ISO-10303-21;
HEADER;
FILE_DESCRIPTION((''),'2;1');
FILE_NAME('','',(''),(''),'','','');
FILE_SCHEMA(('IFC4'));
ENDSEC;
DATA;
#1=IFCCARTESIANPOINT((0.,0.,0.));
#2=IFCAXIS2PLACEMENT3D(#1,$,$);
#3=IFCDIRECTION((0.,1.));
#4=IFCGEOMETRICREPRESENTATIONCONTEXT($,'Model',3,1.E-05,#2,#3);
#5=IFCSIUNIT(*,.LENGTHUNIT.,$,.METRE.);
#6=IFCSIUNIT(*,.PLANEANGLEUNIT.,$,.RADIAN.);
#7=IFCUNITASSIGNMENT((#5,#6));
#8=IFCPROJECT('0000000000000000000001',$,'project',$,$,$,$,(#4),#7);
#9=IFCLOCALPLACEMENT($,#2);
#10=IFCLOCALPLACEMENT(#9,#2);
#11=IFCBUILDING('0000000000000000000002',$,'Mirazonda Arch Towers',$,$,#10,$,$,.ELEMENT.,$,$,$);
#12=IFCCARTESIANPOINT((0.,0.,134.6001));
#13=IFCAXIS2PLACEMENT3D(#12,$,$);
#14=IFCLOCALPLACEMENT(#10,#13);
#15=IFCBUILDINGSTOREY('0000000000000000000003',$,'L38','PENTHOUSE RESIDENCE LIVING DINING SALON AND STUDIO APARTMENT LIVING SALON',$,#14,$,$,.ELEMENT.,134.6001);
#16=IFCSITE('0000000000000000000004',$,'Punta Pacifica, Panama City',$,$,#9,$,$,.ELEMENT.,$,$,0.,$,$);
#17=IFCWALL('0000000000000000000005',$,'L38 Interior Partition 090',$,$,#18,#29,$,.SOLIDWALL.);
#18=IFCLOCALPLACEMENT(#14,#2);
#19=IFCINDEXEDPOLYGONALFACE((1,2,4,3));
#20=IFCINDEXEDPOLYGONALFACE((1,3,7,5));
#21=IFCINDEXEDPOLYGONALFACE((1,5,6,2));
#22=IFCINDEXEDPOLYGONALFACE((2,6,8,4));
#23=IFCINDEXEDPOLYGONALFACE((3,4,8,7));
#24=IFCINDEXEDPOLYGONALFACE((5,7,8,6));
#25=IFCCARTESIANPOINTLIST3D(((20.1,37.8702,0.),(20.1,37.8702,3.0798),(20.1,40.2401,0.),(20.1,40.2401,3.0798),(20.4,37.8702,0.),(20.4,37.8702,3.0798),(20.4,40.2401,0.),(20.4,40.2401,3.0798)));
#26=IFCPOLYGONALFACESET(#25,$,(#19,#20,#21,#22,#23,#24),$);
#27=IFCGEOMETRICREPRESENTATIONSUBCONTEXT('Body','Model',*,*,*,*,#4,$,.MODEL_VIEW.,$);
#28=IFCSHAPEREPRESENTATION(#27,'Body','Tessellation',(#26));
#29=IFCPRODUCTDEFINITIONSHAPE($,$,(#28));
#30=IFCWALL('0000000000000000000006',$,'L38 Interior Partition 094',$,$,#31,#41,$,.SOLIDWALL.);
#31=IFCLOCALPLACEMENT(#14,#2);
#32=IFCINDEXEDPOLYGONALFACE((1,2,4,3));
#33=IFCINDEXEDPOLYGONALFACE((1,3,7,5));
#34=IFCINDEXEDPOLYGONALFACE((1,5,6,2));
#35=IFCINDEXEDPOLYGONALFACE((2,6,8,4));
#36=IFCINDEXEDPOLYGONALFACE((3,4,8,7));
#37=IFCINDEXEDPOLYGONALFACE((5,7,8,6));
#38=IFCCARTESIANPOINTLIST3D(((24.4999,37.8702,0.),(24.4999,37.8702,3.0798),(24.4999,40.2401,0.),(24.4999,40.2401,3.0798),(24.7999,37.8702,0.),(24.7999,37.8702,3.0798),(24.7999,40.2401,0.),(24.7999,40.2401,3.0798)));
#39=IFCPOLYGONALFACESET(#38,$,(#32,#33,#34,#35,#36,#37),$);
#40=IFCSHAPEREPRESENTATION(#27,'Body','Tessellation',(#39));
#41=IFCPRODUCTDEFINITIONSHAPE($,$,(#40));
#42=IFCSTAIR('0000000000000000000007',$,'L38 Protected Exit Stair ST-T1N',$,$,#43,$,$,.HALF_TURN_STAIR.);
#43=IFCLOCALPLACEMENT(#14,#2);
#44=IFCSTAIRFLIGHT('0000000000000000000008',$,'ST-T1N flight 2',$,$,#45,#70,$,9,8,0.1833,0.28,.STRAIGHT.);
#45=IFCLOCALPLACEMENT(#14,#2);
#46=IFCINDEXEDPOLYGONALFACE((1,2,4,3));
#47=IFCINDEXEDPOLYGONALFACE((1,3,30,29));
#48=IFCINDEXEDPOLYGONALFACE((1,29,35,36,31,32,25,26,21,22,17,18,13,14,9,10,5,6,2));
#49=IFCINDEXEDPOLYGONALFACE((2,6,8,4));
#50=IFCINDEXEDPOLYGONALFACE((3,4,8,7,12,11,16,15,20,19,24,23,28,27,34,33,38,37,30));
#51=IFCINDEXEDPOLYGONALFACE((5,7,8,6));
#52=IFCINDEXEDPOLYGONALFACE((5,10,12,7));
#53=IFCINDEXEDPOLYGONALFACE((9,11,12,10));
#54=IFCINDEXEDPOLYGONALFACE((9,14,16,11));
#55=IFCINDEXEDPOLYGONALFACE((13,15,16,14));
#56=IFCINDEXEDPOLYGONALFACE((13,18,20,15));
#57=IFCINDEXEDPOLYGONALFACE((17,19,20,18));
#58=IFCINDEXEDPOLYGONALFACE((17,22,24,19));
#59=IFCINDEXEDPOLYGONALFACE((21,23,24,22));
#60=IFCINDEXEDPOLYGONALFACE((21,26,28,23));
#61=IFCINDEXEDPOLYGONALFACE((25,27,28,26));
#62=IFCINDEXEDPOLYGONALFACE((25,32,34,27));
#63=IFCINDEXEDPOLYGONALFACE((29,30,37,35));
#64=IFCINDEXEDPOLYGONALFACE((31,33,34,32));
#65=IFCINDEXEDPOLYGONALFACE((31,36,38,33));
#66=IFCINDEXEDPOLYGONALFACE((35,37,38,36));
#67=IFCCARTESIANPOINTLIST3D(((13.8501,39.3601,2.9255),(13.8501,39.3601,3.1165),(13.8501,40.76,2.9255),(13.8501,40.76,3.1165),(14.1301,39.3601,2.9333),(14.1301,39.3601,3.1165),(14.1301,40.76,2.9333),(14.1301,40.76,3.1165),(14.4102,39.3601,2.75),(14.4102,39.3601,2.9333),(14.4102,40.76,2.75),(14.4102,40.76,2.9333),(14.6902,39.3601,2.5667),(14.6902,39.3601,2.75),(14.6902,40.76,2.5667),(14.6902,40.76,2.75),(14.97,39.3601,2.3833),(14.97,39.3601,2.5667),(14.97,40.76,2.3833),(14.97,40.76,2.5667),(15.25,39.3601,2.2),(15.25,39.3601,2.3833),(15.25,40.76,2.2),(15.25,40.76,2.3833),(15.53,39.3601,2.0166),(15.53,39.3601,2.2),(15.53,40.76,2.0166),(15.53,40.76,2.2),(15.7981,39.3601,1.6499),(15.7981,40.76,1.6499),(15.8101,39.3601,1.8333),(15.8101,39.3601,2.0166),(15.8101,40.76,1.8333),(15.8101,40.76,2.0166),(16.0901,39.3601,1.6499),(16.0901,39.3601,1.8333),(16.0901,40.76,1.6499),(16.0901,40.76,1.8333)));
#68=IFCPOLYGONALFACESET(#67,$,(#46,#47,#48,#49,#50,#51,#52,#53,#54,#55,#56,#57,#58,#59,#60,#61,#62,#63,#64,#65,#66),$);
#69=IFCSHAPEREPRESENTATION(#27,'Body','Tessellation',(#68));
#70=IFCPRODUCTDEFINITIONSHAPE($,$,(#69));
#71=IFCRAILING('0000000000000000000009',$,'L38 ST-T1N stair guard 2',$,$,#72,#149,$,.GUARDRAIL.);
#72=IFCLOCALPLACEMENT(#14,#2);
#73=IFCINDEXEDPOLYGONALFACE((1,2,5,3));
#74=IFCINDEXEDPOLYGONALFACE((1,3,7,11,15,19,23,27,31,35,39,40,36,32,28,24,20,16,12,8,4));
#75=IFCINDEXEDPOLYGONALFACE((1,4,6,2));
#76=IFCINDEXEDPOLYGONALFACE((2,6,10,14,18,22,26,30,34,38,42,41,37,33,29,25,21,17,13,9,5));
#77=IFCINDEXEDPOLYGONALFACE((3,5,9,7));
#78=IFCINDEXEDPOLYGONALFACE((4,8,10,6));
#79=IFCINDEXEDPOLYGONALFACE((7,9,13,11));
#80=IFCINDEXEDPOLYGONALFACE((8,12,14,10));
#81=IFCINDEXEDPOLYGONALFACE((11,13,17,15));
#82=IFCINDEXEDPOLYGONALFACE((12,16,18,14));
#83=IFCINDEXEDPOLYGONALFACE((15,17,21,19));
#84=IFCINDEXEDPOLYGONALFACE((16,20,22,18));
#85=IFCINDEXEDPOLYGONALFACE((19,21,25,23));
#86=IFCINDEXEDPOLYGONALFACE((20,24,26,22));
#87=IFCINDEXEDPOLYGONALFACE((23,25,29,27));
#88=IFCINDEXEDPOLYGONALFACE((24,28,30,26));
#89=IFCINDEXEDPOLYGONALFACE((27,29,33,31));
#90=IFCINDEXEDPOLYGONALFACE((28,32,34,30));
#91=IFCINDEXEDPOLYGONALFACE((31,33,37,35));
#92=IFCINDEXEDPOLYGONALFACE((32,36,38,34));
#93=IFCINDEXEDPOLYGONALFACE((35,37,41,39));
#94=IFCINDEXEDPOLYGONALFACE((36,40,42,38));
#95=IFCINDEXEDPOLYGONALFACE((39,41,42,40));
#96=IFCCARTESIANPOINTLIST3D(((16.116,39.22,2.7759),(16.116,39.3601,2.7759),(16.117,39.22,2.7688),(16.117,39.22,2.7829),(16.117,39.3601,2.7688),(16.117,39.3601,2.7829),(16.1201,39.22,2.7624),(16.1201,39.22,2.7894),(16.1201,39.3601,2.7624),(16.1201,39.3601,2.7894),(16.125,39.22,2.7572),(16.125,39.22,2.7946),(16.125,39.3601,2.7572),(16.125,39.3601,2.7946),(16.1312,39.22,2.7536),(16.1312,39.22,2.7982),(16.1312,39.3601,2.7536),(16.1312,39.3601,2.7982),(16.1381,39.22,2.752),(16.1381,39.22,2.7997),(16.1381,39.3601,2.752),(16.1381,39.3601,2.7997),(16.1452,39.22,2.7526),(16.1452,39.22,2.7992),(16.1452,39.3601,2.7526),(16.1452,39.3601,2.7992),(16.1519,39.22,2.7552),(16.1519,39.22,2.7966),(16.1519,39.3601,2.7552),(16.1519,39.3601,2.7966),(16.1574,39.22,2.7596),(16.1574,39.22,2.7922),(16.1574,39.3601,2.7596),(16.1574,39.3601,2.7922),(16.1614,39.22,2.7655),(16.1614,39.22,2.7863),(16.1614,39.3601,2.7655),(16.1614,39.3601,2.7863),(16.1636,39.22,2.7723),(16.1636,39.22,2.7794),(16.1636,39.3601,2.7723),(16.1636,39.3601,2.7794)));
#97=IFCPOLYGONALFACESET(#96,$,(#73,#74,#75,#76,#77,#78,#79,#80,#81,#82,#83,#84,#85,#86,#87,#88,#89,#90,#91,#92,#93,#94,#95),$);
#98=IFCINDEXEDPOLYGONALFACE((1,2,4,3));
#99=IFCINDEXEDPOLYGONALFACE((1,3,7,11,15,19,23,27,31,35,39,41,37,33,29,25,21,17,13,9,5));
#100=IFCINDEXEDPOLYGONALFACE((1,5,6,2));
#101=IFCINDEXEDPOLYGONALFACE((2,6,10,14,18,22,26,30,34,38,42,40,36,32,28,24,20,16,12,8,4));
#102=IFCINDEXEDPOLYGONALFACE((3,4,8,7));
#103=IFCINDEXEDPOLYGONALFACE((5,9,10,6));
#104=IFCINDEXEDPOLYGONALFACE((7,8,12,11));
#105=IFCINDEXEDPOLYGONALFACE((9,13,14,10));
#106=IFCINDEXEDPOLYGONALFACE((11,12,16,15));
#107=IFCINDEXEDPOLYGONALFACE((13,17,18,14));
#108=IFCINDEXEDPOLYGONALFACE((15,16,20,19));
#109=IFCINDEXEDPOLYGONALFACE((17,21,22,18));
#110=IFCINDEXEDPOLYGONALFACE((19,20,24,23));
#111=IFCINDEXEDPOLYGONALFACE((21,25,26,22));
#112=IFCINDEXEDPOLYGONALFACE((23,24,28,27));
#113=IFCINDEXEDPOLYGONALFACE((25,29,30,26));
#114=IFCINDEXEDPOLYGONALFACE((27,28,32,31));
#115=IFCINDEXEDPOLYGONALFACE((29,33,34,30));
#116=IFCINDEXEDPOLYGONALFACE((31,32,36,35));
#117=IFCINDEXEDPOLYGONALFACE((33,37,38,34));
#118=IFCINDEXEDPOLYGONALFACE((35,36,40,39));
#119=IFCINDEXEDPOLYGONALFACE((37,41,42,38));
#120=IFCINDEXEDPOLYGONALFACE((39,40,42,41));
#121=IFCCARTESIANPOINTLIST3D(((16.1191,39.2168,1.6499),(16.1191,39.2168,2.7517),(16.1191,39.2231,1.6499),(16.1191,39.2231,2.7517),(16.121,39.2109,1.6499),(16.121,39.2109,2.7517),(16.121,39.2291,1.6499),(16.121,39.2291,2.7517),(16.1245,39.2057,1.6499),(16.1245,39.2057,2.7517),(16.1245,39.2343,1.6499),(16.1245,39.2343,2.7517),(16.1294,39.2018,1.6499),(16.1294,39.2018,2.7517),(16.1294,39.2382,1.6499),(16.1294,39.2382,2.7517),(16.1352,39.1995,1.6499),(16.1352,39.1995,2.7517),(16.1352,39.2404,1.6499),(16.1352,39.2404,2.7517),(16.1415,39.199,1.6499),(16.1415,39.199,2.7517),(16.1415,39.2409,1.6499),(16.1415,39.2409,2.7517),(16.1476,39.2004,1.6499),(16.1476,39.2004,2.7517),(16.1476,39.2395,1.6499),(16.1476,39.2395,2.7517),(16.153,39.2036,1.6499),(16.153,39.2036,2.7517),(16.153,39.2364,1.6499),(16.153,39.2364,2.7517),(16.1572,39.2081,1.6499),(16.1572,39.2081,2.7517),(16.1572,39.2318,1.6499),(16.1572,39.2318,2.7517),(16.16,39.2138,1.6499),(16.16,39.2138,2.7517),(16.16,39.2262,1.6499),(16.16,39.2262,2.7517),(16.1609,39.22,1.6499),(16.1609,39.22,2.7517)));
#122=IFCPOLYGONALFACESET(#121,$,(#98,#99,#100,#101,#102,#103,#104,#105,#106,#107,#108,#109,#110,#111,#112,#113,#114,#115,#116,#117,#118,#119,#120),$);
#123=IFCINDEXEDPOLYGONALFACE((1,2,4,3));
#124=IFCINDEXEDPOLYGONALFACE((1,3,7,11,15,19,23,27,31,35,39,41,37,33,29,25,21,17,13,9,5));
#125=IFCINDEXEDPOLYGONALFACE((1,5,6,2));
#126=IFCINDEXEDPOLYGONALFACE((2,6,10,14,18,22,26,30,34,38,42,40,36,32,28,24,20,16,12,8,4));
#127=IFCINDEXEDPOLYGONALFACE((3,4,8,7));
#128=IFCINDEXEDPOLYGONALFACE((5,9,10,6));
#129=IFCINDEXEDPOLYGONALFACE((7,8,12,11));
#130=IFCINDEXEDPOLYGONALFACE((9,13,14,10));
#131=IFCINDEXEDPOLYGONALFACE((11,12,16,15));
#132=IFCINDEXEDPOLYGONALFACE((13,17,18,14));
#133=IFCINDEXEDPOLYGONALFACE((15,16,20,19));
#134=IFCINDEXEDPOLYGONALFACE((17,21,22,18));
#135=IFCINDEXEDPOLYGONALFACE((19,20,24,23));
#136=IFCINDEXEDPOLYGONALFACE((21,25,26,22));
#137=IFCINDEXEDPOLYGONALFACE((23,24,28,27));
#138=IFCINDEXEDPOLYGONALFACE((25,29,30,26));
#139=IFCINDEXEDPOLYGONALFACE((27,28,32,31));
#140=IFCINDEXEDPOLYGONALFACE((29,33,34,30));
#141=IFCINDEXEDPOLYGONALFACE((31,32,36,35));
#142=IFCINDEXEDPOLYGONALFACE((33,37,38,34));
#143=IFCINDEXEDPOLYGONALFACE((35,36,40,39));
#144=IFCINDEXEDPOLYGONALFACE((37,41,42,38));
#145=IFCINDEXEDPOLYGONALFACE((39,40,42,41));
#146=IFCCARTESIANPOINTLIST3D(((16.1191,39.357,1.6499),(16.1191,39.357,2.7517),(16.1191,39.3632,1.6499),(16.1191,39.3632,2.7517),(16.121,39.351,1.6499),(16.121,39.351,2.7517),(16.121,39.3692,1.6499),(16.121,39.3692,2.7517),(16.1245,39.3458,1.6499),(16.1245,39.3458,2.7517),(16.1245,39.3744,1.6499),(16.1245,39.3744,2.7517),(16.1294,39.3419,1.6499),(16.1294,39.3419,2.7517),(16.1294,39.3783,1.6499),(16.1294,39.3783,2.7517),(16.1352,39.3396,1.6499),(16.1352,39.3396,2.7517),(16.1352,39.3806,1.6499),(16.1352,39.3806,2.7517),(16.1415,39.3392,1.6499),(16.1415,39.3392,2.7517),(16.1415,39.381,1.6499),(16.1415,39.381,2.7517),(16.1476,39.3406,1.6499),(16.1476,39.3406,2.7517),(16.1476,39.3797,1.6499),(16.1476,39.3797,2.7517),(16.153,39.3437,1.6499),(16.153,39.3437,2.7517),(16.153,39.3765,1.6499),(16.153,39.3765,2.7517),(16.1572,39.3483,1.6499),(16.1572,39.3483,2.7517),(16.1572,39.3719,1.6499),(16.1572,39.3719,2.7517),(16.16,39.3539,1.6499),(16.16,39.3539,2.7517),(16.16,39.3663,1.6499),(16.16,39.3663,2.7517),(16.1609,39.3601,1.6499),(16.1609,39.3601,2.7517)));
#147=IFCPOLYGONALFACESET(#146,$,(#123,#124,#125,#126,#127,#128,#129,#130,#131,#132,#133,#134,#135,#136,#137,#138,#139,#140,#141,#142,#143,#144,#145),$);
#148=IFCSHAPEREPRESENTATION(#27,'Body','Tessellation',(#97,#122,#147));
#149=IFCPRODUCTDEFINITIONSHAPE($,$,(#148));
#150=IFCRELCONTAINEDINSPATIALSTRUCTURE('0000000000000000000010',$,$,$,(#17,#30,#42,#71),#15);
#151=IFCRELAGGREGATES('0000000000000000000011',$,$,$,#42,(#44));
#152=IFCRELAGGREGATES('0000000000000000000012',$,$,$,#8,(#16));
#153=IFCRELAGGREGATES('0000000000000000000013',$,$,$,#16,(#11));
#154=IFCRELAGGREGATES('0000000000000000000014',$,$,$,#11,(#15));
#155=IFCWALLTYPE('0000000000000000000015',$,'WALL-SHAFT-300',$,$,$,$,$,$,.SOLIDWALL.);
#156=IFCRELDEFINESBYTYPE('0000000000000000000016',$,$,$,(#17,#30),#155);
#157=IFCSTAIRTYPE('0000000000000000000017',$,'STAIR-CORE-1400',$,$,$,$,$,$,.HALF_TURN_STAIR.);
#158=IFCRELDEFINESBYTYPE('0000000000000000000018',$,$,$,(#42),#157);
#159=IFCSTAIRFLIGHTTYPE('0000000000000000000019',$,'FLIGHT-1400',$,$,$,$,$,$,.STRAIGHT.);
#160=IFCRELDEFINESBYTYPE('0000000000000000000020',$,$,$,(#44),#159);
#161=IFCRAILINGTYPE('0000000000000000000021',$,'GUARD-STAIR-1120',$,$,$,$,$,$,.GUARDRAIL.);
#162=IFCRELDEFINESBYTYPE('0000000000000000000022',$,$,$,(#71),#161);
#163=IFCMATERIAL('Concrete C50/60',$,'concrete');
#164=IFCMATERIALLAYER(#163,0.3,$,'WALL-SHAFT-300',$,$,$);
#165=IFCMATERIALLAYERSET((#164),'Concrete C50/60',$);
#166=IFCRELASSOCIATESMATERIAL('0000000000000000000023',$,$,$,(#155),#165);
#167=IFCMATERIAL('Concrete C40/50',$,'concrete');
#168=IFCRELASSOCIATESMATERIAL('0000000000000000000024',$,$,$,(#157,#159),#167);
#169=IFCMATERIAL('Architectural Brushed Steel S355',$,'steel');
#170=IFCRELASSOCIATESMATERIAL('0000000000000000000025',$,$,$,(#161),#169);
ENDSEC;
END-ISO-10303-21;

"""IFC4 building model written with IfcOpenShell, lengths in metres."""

from ifc_helpers import new_model, si_unit, direction, frame, frame_2d, origin, origin_2d, place, context, subcontext, project, spatial, polyline, rectangle, circle, outline, extrude, material, layer, layer_set, type_object, element, aggregate, save


model = new_model("IFC4")

# Units and contexts
model_context = context("Model", 3, precision=1e-05, world=origin(), true_north=direction((0.0, 1.0)))
body_context = subcontext(model_context, "Body", "Model", "MODEL_VIEW")
ifc_project = project(units=[si_unit("LENGTHUNIT", "METRE"), si_unit("PLANEANGLEUNIT", "RADIAN")], contexts=[model_context])

# Site, building, storey
site_placement = place(None, origin())
site = spatial("IfcSite", under=ifc_project, at=site_placement, Name="Punta Pacifica, Panama City", CompositionType="ELEMENT", RefElevation=0.0)
building_placement = place(site_placement, origin())
building = spatial("IfcBuilding", under=site, at=building_placement, Name="Mirazonda Arch Towers", CompositionType="ELEMENT")
storey_placement = place(building_placement, frame((0.0, 0.0, 134.6001)))
storey = spatial("IfcBuildingStorey", under=building, at=storey_placement, Name="L38", Description="PENTHOUSE RESIDENCE LIVING DINING SALON AND STUDIO APARTMENT LIVING SALON", CompositionType="ELEMENT", Elevation=134.6001)

# Shared definitions
ifc_material_1 = material(Name="Concrete C50/60", Category="concrete")

# Shared definitions
ifc_material_2 = material(Name="Concrete C40/50", Category="concrete")

# Shared definitions
ifc_material_3 = material(Name="Architectural Brushed Steel S355", Category="steel")

# Walls
ifc_layer_1 = layer(ifc_material_1, 0.3, Name="WALL-SHAFT-300")
ifc_layer_set_1 = layer_set([ifc_layer_1], Name="Concrete C50/60")
wall_type_1 = type_object("IfcWallType", Name="WALL-SHAFT-300", PredefinedType="SOLIDWALL", material=ifc_layer_set_1)
for number, where, z_axis, x_axis, name in (
    (1, (20.25, 37.8701, 0.0), (0.0, 0.0, 1.0), (0.0, 1.0, 0.0), "L38 Interior Partition 090"),
    (2, (24.6499, 37.8701, 0.0), (0.0, 0.0, 1.0), (0.0, 1.0, 0.0), "L38 Interior Partition 094"),
):
    element("IfcWall", number, at=place(storey_placement, frame(where, z_axis=z_axis, x_axis=x_axis)), inside=storey, type_object=wall_type_1, Name=name, PredefinedType="SOLIDWALL", context=body_context, shape_type="SweptSolid", body=[
        extrude(rectangle(XDim=2.3699, YDim=0.3, at=frame_2d((1.1851, 0.0))), origin(), (0.0, 0.0, 1.0), 3.0798),
    ])

# Stair, stair flight
stair_type = type_object("IfcStairType", Name="STAIR-CORE-1400", PredefinedType="HALF_TURN_STAIR", material=ifc_material_2)
stair_placement = place(storey_placement, origin())
stair = element("IfcStair", 3, at=stair_placement, inside=storey, type_object=stair_type, Name="L38 Protected Exit Stair ST-T1N", PredefinedType="HALF_TURN_STAIR")
stair_flight_type = type_object("IfcStairFlightType", Name="FLIGHT-1400", PredefinedType="STRAIGHT", material=ifc_material_2)
stair_flight_placement = place(storey_placement, frame((16.0901, 40.0601, 1.6499), z_axis=(0.0, 0.0, 1.0), x_axis=(-1.0, 0.0, 0.0)))
stair_flight = element("IfcStairFlight", 4, at=stair_flight_placement, type_object=stair_flight_type, Name="ST-T1N flight 2", NumberOfRisers=9, NumberOfTreads=8, PredefinedType="STRAIGHT", RiserHeight=0.1833, TreadLength=0.28, context=body_context, shape_type="SweptSolid", body=[
    extrude(outline(polyline([(0.0, 0.0), (0.0, 0.1833), (0.28, 0.1833), (0.28, 0.3667), (0.5601, 0.3667), (0.5601, 0.55), (0.8401, 0.55), (0.8401, 0.7334), (1.1201, 0.7334), (1.1201, 0.9167), (1.3999, 0.9167), (1.3999, 1.1001), (1.6799, 1.1001), (1.6799, 1.2834), (1.96, 1.2834), (1.96, 1.4666), (2.24, 1.4666), (2.24, 1.6499), (2.24, 1.2756), (0.292, 0.0), (0.0, 0.0)])), frame((0.0, 0.7, 0.0), z_axis=(0.0, -1.0, 0.0), x_axis=(1.0, 0.0, 0.0)), (0.0, 0.0, 1.0), 1.3999),
])
aggregate(stair, [stair_flight])

# Railing
railing_type_1 = type_object("IfcRailingType", Name="GUARD-STAIR-1120", PredefinedType="GUARDRAIL", material=ifc_material_3)
railing_1_placement = place(storey_placement, frame((16.1399, 39.22, 1.6499)))
element("IfcRailing", 5, at=railing_1_placement, inside=storey, type_object=railing_type_1, Name="L38 ST-T1N stair guard 2", PredefinedType="GUARDRAIL", context=body_context, shape_type="SweptSolid", body=[
    extrude(circle(Radius=0.0239, at=origin_2d()), frame((0.0, 0.0, 1.126), z_axis=(0.0, 1.0, 0.0), x_axis=(-1.0, 0.0, 0.0)), (0.0, 0.0, 1.0), 0.1401),
    extrude(circle(Radius=0.021, at=origin_2d()), origin(), (0.0, 0.0, 1.0), 1.1018),
    extrude(circle(Radius=0.021, at=origin_2d()), frame((0.0, 0.1401, 0.0)), (0.0, 0.0, 1.0), 1.1018),
])

save(model, "model.ifc")
